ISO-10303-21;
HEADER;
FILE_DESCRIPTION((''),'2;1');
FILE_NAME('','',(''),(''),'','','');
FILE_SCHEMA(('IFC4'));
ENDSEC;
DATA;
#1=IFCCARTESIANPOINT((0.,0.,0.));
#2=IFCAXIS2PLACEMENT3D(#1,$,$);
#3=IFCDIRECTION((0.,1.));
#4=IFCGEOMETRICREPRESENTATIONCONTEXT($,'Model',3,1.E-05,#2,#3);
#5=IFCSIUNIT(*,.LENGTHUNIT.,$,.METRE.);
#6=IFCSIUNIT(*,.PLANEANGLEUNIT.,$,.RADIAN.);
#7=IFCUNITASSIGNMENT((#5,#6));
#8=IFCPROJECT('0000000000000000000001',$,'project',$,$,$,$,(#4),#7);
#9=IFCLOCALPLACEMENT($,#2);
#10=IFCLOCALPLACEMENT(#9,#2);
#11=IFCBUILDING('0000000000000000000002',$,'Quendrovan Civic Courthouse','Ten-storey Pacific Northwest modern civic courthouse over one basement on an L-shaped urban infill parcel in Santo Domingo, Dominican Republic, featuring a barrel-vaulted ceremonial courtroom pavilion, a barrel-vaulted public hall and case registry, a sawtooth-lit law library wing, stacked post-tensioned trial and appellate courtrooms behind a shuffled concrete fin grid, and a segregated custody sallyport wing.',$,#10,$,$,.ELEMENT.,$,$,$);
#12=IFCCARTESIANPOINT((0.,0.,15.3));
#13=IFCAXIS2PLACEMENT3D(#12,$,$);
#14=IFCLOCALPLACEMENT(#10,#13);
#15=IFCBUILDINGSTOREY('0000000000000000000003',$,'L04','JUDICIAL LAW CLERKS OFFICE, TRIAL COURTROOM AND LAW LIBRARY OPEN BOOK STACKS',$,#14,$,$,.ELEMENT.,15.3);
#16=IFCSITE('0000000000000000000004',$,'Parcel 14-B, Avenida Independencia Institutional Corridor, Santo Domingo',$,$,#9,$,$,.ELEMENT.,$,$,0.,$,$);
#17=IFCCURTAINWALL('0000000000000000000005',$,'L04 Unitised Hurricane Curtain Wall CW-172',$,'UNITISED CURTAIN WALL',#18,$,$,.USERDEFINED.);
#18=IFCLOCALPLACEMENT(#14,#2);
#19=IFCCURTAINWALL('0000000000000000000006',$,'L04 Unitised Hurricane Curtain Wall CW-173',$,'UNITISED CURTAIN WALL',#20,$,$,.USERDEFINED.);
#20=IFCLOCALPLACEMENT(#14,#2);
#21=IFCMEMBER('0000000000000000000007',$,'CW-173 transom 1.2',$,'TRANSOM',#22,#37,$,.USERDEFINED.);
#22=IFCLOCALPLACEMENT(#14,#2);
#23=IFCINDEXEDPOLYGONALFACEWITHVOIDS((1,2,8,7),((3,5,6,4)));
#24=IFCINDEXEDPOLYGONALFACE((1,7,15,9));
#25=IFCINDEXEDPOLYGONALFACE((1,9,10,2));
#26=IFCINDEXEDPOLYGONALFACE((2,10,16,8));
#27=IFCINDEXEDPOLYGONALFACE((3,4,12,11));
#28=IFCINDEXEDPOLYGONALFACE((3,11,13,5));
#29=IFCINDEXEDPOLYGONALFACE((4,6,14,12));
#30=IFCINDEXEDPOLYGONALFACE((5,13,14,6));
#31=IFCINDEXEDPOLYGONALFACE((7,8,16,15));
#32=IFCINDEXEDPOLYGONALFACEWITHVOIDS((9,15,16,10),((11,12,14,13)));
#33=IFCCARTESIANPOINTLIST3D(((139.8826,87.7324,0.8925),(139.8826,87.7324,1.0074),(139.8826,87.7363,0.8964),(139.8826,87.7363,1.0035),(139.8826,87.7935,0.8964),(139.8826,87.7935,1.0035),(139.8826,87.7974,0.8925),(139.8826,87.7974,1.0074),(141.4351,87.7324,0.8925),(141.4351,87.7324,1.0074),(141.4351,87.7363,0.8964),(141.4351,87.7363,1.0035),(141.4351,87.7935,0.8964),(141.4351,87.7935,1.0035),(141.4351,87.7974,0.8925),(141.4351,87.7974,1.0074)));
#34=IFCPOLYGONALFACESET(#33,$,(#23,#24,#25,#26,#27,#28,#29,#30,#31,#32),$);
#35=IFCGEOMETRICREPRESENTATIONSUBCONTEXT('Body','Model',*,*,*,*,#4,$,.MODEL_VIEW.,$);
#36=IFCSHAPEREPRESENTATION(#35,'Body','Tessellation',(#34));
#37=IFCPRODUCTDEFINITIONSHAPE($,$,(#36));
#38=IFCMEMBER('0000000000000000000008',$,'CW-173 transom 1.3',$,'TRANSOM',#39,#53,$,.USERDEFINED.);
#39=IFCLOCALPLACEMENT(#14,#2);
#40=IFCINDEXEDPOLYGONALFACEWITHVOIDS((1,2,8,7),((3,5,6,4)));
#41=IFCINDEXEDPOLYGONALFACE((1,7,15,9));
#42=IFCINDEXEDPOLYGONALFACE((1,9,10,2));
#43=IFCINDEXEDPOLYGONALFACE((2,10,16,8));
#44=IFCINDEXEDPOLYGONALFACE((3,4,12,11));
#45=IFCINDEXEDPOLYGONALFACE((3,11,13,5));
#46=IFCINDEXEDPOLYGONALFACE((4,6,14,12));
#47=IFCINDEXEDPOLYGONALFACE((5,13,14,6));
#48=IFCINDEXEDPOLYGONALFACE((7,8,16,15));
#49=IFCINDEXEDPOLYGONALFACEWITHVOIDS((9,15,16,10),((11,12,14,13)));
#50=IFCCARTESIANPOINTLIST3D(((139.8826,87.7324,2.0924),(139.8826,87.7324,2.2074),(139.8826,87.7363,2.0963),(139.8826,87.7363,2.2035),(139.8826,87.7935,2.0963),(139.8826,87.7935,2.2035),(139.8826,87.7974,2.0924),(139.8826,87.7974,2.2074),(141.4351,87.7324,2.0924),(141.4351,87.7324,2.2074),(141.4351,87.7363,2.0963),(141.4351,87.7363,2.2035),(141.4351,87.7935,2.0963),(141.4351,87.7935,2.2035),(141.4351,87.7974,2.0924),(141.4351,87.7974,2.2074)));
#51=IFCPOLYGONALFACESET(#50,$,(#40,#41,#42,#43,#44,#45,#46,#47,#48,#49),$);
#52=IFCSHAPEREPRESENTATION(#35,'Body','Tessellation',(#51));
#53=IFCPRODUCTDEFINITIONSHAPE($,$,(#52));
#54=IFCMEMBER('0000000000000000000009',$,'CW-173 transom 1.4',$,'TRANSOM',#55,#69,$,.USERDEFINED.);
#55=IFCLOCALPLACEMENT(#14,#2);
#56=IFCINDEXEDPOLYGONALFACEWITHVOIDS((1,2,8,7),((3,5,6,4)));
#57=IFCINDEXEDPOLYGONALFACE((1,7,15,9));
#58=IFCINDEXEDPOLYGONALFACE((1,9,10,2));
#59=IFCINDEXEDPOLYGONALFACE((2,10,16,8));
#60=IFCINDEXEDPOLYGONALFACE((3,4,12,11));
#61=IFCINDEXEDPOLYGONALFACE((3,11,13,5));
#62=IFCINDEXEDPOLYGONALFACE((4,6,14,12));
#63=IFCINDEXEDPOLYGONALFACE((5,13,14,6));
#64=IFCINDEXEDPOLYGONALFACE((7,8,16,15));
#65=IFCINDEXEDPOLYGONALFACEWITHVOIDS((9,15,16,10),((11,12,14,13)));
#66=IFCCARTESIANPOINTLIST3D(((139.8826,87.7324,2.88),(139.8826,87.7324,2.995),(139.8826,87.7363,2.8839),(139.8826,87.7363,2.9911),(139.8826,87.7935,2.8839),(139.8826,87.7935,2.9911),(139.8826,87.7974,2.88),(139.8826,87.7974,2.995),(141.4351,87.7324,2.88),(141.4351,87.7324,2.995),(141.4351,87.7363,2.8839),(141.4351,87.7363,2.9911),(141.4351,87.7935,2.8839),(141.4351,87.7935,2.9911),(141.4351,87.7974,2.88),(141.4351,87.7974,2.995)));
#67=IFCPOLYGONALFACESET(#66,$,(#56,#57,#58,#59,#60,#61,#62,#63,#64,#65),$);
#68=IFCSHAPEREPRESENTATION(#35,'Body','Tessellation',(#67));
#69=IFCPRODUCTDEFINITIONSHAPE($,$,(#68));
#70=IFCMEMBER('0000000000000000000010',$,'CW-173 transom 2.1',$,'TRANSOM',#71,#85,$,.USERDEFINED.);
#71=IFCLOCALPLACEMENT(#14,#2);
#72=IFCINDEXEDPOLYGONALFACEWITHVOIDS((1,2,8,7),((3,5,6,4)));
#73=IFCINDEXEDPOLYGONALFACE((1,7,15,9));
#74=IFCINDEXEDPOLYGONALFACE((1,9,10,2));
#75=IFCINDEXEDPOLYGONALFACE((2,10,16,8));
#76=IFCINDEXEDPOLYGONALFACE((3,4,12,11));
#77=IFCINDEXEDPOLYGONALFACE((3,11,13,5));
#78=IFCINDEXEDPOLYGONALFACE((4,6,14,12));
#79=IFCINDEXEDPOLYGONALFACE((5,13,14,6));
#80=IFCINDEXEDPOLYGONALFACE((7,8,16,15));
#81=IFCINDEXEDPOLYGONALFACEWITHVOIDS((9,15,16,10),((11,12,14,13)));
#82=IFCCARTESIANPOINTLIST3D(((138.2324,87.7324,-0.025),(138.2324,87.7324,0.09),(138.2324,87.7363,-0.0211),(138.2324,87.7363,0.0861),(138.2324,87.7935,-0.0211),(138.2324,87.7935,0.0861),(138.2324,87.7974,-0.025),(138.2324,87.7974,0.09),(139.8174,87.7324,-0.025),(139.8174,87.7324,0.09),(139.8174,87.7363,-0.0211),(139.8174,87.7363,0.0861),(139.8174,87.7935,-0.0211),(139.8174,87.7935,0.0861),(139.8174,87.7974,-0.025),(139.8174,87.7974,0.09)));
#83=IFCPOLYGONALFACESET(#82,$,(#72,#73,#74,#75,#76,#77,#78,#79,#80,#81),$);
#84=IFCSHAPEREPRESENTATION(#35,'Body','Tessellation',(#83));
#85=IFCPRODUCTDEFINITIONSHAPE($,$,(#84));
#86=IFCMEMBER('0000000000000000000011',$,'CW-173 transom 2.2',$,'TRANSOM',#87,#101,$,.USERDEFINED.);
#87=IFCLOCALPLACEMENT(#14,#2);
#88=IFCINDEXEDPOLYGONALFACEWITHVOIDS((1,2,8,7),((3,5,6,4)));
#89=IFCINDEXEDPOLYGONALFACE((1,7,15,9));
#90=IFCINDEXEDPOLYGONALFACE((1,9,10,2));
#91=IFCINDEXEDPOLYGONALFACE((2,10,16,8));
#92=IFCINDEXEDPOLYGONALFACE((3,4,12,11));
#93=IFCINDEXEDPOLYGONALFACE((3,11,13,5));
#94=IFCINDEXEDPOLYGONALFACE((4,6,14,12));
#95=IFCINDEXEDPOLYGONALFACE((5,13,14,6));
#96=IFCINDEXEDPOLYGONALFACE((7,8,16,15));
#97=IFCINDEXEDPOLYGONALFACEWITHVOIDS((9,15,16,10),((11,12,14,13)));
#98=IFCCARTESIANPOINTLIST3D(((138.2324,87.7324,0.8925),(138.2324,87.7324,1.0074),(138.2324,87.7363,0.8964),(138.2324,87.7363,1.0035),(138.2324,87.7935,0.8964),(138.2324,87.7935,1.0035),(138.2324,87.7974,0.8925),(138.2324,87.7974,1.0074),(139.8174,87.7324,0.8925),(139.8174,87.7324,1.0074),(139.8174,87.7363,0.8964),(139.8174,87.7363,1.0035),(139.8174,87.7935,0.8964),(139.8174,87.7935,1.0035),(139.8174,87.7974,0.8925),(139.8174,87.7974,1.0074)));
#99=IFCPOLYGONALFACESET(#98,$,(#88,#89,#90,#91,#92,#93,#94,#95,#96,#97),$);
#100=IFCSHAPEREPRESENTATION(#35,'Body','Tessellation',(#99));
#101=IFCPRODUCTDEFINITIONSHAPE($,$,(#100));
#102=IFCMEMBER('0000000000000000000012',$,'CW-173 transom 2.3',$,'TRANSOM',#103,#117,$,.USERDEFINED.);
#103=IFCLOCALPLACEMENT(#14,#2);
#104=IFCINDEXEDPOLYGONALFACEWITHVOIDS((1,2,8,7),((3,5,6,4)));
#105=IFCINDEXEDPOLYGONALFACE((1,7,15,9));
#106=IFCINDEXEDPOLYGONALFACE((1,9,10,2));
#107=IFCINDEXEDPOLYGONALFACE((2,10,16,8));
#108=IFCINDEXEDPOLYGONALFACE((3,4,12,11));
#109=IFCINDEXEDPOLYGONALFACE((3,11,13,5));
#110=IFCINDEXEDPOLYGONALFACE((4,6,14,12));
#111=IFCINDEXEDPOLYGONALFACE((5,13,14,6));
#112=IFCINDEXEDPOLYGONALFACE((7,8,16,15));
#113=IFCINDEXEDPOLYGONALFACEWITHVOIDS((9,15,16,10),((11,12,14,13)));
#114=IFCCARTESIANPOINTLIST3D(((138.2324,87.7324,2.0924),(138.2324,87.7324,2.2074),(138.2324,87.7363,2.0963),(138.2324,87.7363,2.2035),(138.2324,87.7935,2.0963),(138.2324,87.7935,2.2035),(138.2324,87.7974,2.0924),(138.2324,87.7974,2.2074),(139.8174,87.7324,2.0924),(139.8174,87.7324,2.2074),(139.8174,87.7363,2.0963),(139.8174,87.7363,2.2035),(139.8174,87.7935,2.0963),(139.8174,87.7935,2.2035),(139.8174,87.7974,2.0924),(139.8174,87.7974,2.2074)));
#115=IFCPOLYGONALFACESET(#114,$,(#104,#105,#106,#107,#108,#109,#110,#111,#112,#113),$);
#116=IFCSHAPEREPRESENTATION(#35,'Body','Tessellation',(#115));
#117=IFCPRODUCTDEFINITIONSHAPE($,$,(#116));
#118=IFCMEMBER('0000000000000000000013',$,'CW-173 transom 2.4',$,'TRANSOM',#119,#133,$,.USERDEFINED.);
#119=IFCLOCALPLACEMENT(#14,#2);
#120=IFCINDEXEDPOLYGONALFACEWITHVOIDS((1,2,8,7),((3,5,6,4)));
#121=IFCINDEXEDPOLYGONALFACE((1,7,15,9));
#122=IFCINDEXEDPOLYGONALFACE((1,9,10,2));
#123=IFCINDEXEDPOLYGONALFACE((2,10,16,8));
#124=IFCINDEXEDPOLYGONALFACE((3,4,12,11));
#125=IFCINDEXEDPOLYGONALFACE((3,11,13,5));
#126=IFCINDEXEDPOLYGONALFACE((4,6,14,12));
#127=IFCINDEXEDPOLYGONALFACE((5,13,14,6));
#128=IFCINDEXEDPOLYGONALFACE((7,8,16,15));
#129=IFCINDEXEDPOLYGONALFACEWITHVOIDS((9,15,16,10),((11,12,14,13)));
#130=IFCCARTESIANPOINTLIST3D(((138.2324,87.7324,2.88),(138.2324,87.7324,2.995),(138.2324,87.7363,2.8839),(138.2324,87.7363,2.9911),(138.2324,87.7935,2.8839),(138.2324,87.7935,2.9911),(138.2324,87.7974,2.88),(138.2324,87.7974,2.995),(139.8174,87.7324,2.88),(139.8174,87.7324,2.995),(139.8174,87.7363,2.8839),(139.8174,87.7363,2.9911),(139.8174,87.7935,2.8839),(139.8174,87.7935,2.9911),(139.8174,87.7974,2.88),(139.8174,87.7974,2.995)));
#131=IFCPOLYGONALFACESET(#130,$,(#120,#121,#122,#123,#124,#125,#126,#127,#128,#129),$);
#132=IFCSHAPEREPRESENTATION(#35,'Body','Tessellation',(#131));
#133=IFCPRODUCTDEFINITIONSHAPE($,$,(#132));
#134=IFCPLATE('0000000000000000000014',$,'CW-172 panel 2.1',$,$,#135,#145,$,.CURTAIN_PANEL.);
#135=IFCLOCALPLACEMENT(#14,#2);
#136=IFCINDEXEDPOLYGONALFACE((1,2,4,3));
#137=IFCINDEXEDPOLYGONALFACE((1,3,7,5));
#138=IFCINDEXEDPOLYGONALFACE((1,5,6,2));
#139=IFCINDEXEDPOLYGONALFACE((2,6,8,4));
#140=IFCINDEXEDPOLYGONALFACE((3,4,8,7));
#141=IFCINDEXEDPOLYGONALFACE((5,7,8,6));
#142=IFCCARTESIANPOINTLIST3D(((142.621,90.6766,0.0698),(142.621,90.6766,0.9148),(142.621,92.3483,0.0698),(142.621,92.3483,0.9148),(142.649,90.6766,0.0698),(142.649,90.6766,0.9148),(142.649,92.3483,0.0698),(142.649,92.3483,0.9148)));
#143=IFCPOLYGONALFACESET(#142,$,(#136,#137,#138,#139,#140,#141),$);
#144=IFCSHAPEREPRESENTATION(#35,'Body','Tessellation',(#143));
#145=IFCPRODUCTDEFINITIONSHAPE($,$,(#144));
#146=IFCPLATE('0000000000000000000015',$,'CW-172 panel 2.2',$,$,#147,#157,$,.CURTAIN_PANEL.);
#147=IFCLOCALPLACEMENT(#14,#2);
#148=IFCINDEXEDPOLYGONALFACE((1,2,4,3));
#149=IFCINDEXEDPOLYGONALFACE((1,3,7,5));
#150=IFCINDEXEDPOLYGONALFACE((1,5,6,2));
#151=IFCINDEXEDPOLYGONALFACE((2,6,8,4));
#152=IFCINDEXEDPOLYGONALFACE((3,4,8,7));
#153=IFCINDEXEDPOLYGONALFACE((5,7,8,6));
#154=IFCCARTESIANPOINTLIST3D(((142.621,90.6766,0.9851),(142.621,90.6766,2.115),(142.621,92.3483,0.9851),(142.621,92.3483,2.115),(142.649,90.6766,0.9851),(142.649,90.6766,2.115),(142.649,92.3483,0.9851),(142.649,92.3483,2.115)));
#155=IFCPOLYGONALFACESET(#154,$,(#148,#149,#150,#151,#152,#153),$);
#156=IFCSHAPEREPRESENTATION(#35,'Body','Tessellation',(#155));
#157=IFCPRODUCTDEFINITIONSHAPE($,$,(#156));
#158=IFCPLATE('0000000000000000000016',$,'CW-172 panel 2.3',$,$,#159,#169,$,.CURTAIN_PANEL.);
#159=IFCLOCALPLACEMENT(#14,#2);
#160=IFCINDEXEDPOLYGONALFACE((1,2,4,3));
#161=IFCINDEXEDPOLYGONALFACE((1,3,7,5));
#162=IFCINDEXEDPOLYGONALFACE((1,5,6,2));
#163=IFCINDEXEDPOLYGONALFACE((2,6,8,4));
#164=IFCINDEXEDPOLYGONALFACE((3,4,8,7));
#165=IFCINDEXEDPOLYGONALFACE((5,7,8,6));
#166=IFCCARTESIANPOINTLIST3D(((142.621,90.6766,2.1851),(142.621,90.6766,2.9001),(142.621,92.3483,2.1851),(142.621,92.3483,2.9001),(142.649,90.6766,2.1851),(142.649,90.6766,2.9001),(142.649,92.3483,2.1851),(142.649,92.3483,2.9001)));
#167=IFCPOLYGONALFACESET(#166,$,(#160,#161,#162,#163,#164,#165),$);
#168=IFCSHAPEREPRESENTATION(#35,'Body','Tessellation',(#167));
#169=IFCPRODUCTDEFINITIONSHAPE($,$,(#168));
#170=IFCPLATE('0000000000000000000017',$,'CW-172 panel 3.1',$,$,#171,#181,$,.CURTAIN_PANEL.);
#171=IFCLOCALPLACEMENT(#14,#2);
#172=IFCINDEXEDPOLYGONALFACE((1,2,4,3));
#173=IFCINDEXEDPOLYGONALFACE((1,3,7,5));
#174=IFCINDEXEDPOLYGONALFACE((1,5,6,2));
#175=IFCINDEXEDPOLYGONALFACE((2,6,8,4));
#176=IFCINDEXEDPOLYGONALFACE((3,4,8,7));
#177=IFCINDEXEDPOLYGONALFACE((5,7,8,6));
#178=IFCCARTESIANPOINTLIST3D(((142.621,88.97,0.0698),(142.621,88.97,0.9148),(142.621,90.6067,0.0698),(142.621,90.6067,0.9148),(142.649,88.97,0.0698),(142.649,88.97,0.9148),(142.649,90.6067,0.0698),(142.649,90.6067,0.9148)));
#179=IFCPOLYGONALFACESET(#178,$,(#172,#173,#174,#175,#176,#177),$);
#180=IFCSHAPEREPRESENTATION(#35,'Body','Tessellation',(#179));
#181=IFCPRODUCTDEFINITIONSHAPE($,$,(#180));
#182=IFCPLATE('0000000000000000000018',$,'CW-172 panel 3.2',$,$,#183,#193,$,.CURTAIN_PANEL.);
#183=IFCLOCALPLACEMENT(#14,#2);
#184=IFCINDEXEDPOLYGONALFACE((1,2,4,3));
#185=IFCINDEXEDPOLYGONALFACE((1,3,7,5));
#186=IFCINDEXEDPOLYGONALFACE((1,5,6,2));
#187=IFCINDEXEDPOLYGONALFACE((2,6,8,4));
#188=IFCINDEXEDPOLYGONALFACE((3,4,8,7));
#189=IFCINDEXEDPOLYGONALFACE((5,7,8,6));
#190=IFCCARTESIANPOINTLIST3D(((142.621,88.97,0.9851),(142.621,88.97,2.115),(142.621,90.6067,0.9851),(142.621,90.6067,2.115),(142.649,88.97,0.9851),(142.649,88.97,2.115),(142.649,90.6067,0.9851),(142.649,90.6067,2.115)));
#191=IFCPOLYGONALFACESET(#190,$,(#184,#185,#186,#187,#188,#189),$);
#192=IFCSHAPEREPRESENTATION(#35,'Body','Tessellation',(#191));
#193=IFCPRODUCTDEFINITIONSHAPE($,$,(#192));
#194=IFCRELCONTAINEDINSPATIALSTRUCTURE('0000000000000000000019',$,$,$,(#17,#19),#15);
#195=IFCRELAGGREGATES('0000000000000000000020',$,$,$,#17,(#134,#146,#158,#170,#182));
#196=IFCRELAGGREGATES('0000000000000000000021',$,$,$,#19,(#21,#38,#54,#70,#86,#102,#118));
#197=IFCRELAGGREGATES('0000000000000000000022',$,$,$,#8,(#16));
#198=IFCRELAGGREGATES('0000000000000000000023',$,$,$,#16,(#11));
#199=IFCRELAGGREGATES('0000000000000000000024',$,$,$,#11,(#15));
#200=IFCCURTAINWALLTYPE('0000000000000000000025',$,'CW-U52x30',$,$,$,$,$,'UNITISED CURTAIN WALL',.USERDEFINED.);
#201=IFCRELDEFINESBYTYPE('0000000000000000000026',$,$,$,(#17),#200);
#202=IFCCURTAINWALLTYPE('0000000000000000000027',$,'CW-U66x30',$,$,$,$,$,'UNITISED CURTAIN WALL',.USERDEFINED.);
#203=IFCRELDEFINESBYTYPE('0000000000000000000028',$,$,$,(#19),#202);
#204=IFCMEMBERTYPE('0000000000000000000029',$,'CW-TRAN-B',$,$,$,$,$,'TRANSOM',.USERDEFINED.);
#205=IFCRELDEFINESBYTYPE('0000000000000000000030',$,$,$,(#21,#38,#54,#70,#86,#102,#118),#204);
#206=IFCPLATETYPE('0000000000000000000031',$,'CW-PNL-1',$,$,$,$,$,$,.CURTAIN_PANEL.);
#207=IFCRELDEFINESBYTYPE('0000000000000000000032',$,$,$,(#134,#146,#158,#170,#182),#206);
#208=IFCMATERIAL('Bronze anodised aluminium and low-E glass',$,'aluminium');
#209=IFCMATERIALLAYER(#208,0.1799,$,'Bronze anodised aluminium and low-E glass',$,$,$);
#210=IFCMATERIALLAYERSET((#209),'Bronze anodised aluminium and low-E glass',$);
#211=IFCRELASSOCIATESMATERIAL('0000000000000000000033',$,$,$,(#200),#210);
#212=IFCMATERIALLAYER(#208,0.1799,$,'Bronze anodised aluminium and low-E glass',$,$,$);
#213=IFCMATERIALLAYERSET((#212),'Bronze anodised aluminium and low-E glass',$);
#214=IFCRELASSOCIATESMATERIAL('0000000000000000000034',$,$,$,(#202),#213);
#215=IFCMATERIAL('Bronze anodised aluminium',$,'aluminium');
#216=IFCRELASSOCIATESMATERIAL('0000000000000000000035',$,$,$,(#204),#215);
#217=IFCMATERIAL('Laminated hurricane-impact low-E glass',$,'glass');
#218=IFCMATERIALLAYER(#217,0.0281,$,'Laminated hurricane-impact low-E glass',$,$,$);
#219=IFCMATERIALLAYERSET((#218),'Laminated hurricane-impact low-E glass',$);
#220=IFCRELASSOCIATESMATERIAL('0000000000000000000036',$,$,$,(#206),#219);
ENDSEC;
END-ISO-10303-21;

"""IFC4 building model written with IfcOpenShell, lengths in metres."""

from ifc_helpers import new_model, si_unit, direction, frame, origin, origin_2d, place, context, subcontext, project, spatial, rectangle, hollow_rectangle, extrude, material, layer, layer_set, material_profile, profile_set, type_object, element, aggregate, save


model = new_model("IFC4")

# Units and contexts
model_context = context("Model", 3, precision=1e-05, world=origin(), true_north=direction((0.0, 1.0)))
body_context = subcontext(model_context, "Body", "Model", "MODEL_VIEW")
ifc_project = project(units=[si_unit("LENGTHUNIT", "METRE"), si_unit("PLANEANGLEUNIT", "RADIAN")], contexts=[model_context])

# Site, building, storey
site_placement = place(None, origin())
site = spatial("IfcSite", under=ifc_project, at=site_placement, Name="Parcel 14-B, Avenida Independencia Institutional Corridor, Santo Domingo", CompositionType="ELEMENT", RefElevation=0.0)
building_placement = place(site_placement, origin())
building = spatial("IfcBuilding", under=site, at=building_placement, Name="Quendrovan Civic Courthouse", Description="Ten-storey Pacific Northwest modern civic courthouse over one basement on an L-shaped urban infill parcel in Santo Domingo, Dominican Republic, featuring a barrel-vaulted ceremonial courtroom pavilion, a barrel-vaulted public hall and case registry, a sawtooth-lit law library wing, stacked post-tensioned trial and appellate courtrooms behind a shuffled concrete fin grid, and a segregated custody sallyport wing.", CompositionType="ELEMENT")
storey_placement = place(building_placement, frame((0.0, 0.0, 15.3)))
storey = spatial("IfcBuildingStorey", under=building, at=storey_placement, Name="L04", Description="JUDICIAL LAW CLERKS OFFICE, TRIAL COURTROOM AND LAW LIBRARY OPEN BOOK STACKS", CompositionType="ELEMENT", Elevation=15.3)

# Curtain walls
ifc_material_1 = material(Name="Bronze anodised aluminium and low-E glass", Category="aluminium")
ifc_layer_1 = layer(ifc_material_1, 0.1799, Name="Bronze anodised aluminium and low-E glass")
ifc_layer_set_1 = layer_set([ifc_layer_1], Name="Bronze anodised aluminium and low-E glass")
curtain_wall_type_1 = type_object("IfcCurtainWallType", Name="CW-U52x30", ElementType="UNITISED CURTAIN WALL", PredefinedType="USERDEFINED", material=ifc_layer_set_1)
curtain_wall_1_placement = place(storey_placement, origin())
curtain_wall_1 = element("IfcCurtainWall", 1, at=curtain_wall_1_placement, inside=storey, type_object=curtain_wall_type_1, Name="L04 Unitised Hurricane Curtain Wall CW-172", ObjectType="UNITISED CURTAIN WALL", PredefinedType="USERDEFINED")
ifc_material_2 = material(Name="Bronze anodised aluminium", Category="aluminium")
ifc_layer_2 = layer(ifc_material_1, 0.1799, Name="Bronze anodised aluminium and low-E glass")
ifc_layer_set_2 = layer_set([ifc_layer_2], Name="Bronze anodised aluminium and low-E glass")
curtain_wall_type_2 = type_object("IfcCurtainWallType", Name="CW-U66x30", ElementType="UNITISED CURTAIN WALL", PredefinedType="USERDEFINED", material=ifc_layer_set_2)
curtain_wall_2_placement = place(storey_placement, origin())
curtain_wall_2 = element("IfcCurtainWall", 2, at=curtain_wall_2_placement, inside=storey, type_object=curtain_wall_type_2, Name="L04 Unitised Hurricane Curtain Wall CW-173", ObjectType="UNITISED CURTAIN WALL", PredefinedType="USERDEFINED")

# Members
ifc_material_profile_1 = material_profile(ifc_material_2, hollow_rectangle(XDim=0.0649, YDim=0.115, WallThickness=0.0039, at=origin_2d()), Name="CW-TRAN-65x115")
ifc_profile_set_1 = profile_set([ifc_material_profile_1], Name="Bronze anodised aluminium")
member_type_1 = type_object("IfcMemberType", Name="CW-TRAN-B", ElementType="TRANSOM", PredefinedType="USERDEFINED", material=ifc_profile_set_1)
member_1_placement = place(storey_placement, frame((141.4351, 87.7649, 0.95), z_axis=(-1.0, 0.0, 0.0), x_axis=(0.0, -1.0, 0.0)))
member_1 = element("IfcMember", 3, at=member_1_placement, type_object=member_type_1, Name="CW-173 transom 1.2", ObjectType="TRANSOM", PredefinedType="USERDEFINED", context=body_context, shape_type="SweptSolid", body=[
    extrude(hollow_rectangle(XDim=0.0649, YDim=0.115, WallThickness=0.0039, at=origin_2d()), origin(), (0.0, 0.0, 1.0), 1.5525),
])
member_2_placement = place(storey_placement, frame((141.4351, 87.7649, 2.1499), z_axis=(-1.0, 0.0, 0.0), x_axis=(0.0, -1.0, 0.0)))
member_2 = element("IfcMember", 4, at=member_2_placement, type_object=member_type_1, Name="CW-173 transom 1.3", ObjectType="TRANSOM", PredefinedType="USERDEFINED", context=body_context, shape_type="SweptSolid", body=[
    extrude(hollow_rectangle(XDim=0.0649, YDim=0.115, WallThickness=0.0039, at=origin_2d()), origin(), (0.0, 0.0, 1.0), 1.5525),
])
member_3_placement = place(storey_placement, frame((141.4351, 87.7649, 2.9375), z_axis=(-1.0, 0.0, 0.0), x_axis=(0.0, -1.0, 0.0)))
member_3 = element("IfcMember", 5, at=member_3_placement, type_object=member_type_1, Name="CW-173 transom 1.4", ObjectType="TRANSOM", PredefinedType="USERDEFINED", context=body_context, shape_type="SweptSolid", body=[
    extrude(hollow_rectangle(XDim=0.0649, YDim=0.115, WallThickness=0.0039, at=origin_2d()), origin(), (0.0, 0.0, 1.0), 1.5525),
])
member_4_placement = place(storey_placement, frame((139.8174, 87.7649, 0.0325), z_axis=(-1.0, 0.0, 0.0), x_axis=(0.0, -1.0, 0.0)))
member_4 = element("IfcMember", 6, at=member_4_placement, type_object=member_type_1, Name="CW-173 transom 2.1", ObjectType="TRANSOM", PredefinedType="USERDEFINED", context=body_context, shape_type="SweptSolid", body=[
    extrude(hollow_rectangle(XDim=0.0649, YDim=0.115, WallThickness=0.0039, at=origin_2d()), origin(), (0.0, 0.0, 1.0), 1.585),
])
member_5_placement = place(storey_placement, frame((139.8174, 87.7649, 0.95), z_axis=(-1.0, 0.0, 0.0), x_axis=(0.0, -1.0, 0.0)))
member_5 = element("IfcMember", 7, at=member_5_placement, type_object=member_type_1, Name="CW-173 transom 2.2", ObjectType="TRANSOM", PredefinedType="USERDEFINED", context=body_context, shape_type="SweptSolid", body=[
    extrude(hollow_rectangle(XDim=0.0649, YDim=0.115, WallThickness=0.0039, at=origin_2d()), origin(), (0.0, 0.0, 1.0), 1.585),
])
member_6_placement = place(storey_placement, frame((139.8174, 87.7649, 2.1499), z_axis=(-1.0, 0.0, 0.0), x_axis=(0.0, -1.0, 0.0)))
member_6 = element("IfcMember", 8, at=member_6_placement, type_object=member_type_1, Name="CW-173 transom 2.3", ObjectType="TRANSOM", PredefinedType="USERDEFINED", context=body_context, shape_type="SweptSolid", body=[
    extrude(hollow_rectangle(XDim=0.0649, YDim=0.115, WallThickness=0.0039, at=origin_2d()), origin(), (0.0, 0.0, 1.0), 1.585),
])
member_7_placement = place(storey_placement, frame((139.8174, 87.7649, 2.9375), z_axis=(-1.0, 0.0, 0.0), x_axis=(0.0, -1.0, 0.0)))
member_7 = element("IfcMember", 9, at=member_7_placement, type_object=member_type_1, Name="CW-173 transom 2.4", ObjectType="TRANSOM", PredefinedType="USERDEFINED", context=body_context, shape_type="SweptSolid", body=[
    extrude(hollow_rectangle(XDim=0.0649, YDim=0.115, WallThickness=0.0039, at=origin_2d()), origin(), (0.0, 0.0, 1.0), 1.585),
])

# Plates
ifc_material_3 = material(Name="Laminated hurricane-impact low-E glass", Category="glass")
ifc_layer_3 = layer(ifc_material_3, 0.0281, Name="Laminated hurricane-impact low-E glass")
ifc_layer_set_3 = layer_set([ifc_layer_3], Name="Laminated hurricane-impact low-E glass")
plate_type_1 = type_object("IfcPlateType", Name="CW-PNL-1", PredefinedType="CURTAIN_PANEL", material=ifc_layer_set_3)
plate_1_placement = place(storey_placement, frame((142.635, 91.5125, 0.0698), z_axis=(0.0, 0.0, 1.0), x_axis=(0.0, -1.0, 0.0)))
plate_1 = element("IfcPlate", 10, at=plate_1_placement, type_object=plate_type_1, Name="CW-172 panel 2.1", PredefinedType="CURTAIN_PANEL", context=body_context, shape_type="SweptSolid", body=[
    extrude(rectangle(XDim=1.6716, YDim=0.0281, at=origin_2d()), origin(), (0.0, 0.0, 1.0), 0.845),
])
plate_2_placement = place(storey_placement, frame((142.635, 91.5125, 0.9851), z_axis=(0.0, 0.0, 1.0), x_axis=(0.0, -1.0, 0.0)))
plate_2 = element("IfcPlate", 11, at=plate_2_placement, type_object=plate_type_1, Name="CW-172 panel 2.2", PredefinedType="CURTAIN_PANEL", context=body_context, shape_type="SweptSolid", body=[
    extrude(rectangle(XDim=1.6716, YDim=0.0281, at=origin_2d()), origin(), (0.0, 0.0, 1.0), 1.1299),
])
plate_3_placement = place(storey_placement, frame((142.635, 91.5125, 2.1851), z_axis=(0.0, 0.0, 1.0), x_axis=(0.0, -1.0, 0.0)))
plate_3 = element("IfcPlate", 12, at=plate_3_placement, type_object=plate_type_1, Name="CW-172 panel 2.3", PredefinedType="CURTAIN_PANEL", context=body_context, shape_type="SweptSolid", body=[
    extrude(rectangle(XDim=1.6716, YDim=0.0281, at=origin_2d()), origin(), (0.0, 0.0, 1.0), 0.7151),
])
plate_4_placement = place(storey_placement, frame((142.635, 89.7883, 0.0698), z_axis=(0.0, 0.0, 1.0), x_axis=(0.0, -1.0, 0.0)))
plate_4 = element("IfcPlate", 13, at=plate_4_placement, type_object=plate_type_1, Name="CW-172 panel 3.1", PredefinedType="CURTAIN_PANEL", context=body_context, shape_type="SweptSolid", body=[
    extrude(rectangle(XDim=1.6367, YDim=0.0281, at=origin_2d()), origin(), (0.0, 0.0, 1.0), 0.845),
])
plate_5_placement = place(storey_placement, frame((142.635, 89.7883, 0.9851), z_axis=(0.0, 0.0, 1.0), x_axis=(0.0, -1.0, 0.0)))
plate_5 = element("IfcPlate", 14, at=plate_5_placement, type_object=plate_type_1, Name="CW-172 panel 3.2", PredefinedType="CURTAIN_PANEL", context=body_context, shape_type="SweptSolid", body=[
    extrude(rectangle(XDim=1.6367, YDim=0.0281, at=origin_2d()), origin(), (0.0, 0.0, 1.0), 1.1299),
])
aggregate(curtain_wall_1, [plate_1, plate_2, plate_3, plate_4, plate_5])
aggregate(curtain_wall_2, [member_1, member_2, member_3, member_4, member_5, member_6, member_7])

save(model, "model.ifc")
